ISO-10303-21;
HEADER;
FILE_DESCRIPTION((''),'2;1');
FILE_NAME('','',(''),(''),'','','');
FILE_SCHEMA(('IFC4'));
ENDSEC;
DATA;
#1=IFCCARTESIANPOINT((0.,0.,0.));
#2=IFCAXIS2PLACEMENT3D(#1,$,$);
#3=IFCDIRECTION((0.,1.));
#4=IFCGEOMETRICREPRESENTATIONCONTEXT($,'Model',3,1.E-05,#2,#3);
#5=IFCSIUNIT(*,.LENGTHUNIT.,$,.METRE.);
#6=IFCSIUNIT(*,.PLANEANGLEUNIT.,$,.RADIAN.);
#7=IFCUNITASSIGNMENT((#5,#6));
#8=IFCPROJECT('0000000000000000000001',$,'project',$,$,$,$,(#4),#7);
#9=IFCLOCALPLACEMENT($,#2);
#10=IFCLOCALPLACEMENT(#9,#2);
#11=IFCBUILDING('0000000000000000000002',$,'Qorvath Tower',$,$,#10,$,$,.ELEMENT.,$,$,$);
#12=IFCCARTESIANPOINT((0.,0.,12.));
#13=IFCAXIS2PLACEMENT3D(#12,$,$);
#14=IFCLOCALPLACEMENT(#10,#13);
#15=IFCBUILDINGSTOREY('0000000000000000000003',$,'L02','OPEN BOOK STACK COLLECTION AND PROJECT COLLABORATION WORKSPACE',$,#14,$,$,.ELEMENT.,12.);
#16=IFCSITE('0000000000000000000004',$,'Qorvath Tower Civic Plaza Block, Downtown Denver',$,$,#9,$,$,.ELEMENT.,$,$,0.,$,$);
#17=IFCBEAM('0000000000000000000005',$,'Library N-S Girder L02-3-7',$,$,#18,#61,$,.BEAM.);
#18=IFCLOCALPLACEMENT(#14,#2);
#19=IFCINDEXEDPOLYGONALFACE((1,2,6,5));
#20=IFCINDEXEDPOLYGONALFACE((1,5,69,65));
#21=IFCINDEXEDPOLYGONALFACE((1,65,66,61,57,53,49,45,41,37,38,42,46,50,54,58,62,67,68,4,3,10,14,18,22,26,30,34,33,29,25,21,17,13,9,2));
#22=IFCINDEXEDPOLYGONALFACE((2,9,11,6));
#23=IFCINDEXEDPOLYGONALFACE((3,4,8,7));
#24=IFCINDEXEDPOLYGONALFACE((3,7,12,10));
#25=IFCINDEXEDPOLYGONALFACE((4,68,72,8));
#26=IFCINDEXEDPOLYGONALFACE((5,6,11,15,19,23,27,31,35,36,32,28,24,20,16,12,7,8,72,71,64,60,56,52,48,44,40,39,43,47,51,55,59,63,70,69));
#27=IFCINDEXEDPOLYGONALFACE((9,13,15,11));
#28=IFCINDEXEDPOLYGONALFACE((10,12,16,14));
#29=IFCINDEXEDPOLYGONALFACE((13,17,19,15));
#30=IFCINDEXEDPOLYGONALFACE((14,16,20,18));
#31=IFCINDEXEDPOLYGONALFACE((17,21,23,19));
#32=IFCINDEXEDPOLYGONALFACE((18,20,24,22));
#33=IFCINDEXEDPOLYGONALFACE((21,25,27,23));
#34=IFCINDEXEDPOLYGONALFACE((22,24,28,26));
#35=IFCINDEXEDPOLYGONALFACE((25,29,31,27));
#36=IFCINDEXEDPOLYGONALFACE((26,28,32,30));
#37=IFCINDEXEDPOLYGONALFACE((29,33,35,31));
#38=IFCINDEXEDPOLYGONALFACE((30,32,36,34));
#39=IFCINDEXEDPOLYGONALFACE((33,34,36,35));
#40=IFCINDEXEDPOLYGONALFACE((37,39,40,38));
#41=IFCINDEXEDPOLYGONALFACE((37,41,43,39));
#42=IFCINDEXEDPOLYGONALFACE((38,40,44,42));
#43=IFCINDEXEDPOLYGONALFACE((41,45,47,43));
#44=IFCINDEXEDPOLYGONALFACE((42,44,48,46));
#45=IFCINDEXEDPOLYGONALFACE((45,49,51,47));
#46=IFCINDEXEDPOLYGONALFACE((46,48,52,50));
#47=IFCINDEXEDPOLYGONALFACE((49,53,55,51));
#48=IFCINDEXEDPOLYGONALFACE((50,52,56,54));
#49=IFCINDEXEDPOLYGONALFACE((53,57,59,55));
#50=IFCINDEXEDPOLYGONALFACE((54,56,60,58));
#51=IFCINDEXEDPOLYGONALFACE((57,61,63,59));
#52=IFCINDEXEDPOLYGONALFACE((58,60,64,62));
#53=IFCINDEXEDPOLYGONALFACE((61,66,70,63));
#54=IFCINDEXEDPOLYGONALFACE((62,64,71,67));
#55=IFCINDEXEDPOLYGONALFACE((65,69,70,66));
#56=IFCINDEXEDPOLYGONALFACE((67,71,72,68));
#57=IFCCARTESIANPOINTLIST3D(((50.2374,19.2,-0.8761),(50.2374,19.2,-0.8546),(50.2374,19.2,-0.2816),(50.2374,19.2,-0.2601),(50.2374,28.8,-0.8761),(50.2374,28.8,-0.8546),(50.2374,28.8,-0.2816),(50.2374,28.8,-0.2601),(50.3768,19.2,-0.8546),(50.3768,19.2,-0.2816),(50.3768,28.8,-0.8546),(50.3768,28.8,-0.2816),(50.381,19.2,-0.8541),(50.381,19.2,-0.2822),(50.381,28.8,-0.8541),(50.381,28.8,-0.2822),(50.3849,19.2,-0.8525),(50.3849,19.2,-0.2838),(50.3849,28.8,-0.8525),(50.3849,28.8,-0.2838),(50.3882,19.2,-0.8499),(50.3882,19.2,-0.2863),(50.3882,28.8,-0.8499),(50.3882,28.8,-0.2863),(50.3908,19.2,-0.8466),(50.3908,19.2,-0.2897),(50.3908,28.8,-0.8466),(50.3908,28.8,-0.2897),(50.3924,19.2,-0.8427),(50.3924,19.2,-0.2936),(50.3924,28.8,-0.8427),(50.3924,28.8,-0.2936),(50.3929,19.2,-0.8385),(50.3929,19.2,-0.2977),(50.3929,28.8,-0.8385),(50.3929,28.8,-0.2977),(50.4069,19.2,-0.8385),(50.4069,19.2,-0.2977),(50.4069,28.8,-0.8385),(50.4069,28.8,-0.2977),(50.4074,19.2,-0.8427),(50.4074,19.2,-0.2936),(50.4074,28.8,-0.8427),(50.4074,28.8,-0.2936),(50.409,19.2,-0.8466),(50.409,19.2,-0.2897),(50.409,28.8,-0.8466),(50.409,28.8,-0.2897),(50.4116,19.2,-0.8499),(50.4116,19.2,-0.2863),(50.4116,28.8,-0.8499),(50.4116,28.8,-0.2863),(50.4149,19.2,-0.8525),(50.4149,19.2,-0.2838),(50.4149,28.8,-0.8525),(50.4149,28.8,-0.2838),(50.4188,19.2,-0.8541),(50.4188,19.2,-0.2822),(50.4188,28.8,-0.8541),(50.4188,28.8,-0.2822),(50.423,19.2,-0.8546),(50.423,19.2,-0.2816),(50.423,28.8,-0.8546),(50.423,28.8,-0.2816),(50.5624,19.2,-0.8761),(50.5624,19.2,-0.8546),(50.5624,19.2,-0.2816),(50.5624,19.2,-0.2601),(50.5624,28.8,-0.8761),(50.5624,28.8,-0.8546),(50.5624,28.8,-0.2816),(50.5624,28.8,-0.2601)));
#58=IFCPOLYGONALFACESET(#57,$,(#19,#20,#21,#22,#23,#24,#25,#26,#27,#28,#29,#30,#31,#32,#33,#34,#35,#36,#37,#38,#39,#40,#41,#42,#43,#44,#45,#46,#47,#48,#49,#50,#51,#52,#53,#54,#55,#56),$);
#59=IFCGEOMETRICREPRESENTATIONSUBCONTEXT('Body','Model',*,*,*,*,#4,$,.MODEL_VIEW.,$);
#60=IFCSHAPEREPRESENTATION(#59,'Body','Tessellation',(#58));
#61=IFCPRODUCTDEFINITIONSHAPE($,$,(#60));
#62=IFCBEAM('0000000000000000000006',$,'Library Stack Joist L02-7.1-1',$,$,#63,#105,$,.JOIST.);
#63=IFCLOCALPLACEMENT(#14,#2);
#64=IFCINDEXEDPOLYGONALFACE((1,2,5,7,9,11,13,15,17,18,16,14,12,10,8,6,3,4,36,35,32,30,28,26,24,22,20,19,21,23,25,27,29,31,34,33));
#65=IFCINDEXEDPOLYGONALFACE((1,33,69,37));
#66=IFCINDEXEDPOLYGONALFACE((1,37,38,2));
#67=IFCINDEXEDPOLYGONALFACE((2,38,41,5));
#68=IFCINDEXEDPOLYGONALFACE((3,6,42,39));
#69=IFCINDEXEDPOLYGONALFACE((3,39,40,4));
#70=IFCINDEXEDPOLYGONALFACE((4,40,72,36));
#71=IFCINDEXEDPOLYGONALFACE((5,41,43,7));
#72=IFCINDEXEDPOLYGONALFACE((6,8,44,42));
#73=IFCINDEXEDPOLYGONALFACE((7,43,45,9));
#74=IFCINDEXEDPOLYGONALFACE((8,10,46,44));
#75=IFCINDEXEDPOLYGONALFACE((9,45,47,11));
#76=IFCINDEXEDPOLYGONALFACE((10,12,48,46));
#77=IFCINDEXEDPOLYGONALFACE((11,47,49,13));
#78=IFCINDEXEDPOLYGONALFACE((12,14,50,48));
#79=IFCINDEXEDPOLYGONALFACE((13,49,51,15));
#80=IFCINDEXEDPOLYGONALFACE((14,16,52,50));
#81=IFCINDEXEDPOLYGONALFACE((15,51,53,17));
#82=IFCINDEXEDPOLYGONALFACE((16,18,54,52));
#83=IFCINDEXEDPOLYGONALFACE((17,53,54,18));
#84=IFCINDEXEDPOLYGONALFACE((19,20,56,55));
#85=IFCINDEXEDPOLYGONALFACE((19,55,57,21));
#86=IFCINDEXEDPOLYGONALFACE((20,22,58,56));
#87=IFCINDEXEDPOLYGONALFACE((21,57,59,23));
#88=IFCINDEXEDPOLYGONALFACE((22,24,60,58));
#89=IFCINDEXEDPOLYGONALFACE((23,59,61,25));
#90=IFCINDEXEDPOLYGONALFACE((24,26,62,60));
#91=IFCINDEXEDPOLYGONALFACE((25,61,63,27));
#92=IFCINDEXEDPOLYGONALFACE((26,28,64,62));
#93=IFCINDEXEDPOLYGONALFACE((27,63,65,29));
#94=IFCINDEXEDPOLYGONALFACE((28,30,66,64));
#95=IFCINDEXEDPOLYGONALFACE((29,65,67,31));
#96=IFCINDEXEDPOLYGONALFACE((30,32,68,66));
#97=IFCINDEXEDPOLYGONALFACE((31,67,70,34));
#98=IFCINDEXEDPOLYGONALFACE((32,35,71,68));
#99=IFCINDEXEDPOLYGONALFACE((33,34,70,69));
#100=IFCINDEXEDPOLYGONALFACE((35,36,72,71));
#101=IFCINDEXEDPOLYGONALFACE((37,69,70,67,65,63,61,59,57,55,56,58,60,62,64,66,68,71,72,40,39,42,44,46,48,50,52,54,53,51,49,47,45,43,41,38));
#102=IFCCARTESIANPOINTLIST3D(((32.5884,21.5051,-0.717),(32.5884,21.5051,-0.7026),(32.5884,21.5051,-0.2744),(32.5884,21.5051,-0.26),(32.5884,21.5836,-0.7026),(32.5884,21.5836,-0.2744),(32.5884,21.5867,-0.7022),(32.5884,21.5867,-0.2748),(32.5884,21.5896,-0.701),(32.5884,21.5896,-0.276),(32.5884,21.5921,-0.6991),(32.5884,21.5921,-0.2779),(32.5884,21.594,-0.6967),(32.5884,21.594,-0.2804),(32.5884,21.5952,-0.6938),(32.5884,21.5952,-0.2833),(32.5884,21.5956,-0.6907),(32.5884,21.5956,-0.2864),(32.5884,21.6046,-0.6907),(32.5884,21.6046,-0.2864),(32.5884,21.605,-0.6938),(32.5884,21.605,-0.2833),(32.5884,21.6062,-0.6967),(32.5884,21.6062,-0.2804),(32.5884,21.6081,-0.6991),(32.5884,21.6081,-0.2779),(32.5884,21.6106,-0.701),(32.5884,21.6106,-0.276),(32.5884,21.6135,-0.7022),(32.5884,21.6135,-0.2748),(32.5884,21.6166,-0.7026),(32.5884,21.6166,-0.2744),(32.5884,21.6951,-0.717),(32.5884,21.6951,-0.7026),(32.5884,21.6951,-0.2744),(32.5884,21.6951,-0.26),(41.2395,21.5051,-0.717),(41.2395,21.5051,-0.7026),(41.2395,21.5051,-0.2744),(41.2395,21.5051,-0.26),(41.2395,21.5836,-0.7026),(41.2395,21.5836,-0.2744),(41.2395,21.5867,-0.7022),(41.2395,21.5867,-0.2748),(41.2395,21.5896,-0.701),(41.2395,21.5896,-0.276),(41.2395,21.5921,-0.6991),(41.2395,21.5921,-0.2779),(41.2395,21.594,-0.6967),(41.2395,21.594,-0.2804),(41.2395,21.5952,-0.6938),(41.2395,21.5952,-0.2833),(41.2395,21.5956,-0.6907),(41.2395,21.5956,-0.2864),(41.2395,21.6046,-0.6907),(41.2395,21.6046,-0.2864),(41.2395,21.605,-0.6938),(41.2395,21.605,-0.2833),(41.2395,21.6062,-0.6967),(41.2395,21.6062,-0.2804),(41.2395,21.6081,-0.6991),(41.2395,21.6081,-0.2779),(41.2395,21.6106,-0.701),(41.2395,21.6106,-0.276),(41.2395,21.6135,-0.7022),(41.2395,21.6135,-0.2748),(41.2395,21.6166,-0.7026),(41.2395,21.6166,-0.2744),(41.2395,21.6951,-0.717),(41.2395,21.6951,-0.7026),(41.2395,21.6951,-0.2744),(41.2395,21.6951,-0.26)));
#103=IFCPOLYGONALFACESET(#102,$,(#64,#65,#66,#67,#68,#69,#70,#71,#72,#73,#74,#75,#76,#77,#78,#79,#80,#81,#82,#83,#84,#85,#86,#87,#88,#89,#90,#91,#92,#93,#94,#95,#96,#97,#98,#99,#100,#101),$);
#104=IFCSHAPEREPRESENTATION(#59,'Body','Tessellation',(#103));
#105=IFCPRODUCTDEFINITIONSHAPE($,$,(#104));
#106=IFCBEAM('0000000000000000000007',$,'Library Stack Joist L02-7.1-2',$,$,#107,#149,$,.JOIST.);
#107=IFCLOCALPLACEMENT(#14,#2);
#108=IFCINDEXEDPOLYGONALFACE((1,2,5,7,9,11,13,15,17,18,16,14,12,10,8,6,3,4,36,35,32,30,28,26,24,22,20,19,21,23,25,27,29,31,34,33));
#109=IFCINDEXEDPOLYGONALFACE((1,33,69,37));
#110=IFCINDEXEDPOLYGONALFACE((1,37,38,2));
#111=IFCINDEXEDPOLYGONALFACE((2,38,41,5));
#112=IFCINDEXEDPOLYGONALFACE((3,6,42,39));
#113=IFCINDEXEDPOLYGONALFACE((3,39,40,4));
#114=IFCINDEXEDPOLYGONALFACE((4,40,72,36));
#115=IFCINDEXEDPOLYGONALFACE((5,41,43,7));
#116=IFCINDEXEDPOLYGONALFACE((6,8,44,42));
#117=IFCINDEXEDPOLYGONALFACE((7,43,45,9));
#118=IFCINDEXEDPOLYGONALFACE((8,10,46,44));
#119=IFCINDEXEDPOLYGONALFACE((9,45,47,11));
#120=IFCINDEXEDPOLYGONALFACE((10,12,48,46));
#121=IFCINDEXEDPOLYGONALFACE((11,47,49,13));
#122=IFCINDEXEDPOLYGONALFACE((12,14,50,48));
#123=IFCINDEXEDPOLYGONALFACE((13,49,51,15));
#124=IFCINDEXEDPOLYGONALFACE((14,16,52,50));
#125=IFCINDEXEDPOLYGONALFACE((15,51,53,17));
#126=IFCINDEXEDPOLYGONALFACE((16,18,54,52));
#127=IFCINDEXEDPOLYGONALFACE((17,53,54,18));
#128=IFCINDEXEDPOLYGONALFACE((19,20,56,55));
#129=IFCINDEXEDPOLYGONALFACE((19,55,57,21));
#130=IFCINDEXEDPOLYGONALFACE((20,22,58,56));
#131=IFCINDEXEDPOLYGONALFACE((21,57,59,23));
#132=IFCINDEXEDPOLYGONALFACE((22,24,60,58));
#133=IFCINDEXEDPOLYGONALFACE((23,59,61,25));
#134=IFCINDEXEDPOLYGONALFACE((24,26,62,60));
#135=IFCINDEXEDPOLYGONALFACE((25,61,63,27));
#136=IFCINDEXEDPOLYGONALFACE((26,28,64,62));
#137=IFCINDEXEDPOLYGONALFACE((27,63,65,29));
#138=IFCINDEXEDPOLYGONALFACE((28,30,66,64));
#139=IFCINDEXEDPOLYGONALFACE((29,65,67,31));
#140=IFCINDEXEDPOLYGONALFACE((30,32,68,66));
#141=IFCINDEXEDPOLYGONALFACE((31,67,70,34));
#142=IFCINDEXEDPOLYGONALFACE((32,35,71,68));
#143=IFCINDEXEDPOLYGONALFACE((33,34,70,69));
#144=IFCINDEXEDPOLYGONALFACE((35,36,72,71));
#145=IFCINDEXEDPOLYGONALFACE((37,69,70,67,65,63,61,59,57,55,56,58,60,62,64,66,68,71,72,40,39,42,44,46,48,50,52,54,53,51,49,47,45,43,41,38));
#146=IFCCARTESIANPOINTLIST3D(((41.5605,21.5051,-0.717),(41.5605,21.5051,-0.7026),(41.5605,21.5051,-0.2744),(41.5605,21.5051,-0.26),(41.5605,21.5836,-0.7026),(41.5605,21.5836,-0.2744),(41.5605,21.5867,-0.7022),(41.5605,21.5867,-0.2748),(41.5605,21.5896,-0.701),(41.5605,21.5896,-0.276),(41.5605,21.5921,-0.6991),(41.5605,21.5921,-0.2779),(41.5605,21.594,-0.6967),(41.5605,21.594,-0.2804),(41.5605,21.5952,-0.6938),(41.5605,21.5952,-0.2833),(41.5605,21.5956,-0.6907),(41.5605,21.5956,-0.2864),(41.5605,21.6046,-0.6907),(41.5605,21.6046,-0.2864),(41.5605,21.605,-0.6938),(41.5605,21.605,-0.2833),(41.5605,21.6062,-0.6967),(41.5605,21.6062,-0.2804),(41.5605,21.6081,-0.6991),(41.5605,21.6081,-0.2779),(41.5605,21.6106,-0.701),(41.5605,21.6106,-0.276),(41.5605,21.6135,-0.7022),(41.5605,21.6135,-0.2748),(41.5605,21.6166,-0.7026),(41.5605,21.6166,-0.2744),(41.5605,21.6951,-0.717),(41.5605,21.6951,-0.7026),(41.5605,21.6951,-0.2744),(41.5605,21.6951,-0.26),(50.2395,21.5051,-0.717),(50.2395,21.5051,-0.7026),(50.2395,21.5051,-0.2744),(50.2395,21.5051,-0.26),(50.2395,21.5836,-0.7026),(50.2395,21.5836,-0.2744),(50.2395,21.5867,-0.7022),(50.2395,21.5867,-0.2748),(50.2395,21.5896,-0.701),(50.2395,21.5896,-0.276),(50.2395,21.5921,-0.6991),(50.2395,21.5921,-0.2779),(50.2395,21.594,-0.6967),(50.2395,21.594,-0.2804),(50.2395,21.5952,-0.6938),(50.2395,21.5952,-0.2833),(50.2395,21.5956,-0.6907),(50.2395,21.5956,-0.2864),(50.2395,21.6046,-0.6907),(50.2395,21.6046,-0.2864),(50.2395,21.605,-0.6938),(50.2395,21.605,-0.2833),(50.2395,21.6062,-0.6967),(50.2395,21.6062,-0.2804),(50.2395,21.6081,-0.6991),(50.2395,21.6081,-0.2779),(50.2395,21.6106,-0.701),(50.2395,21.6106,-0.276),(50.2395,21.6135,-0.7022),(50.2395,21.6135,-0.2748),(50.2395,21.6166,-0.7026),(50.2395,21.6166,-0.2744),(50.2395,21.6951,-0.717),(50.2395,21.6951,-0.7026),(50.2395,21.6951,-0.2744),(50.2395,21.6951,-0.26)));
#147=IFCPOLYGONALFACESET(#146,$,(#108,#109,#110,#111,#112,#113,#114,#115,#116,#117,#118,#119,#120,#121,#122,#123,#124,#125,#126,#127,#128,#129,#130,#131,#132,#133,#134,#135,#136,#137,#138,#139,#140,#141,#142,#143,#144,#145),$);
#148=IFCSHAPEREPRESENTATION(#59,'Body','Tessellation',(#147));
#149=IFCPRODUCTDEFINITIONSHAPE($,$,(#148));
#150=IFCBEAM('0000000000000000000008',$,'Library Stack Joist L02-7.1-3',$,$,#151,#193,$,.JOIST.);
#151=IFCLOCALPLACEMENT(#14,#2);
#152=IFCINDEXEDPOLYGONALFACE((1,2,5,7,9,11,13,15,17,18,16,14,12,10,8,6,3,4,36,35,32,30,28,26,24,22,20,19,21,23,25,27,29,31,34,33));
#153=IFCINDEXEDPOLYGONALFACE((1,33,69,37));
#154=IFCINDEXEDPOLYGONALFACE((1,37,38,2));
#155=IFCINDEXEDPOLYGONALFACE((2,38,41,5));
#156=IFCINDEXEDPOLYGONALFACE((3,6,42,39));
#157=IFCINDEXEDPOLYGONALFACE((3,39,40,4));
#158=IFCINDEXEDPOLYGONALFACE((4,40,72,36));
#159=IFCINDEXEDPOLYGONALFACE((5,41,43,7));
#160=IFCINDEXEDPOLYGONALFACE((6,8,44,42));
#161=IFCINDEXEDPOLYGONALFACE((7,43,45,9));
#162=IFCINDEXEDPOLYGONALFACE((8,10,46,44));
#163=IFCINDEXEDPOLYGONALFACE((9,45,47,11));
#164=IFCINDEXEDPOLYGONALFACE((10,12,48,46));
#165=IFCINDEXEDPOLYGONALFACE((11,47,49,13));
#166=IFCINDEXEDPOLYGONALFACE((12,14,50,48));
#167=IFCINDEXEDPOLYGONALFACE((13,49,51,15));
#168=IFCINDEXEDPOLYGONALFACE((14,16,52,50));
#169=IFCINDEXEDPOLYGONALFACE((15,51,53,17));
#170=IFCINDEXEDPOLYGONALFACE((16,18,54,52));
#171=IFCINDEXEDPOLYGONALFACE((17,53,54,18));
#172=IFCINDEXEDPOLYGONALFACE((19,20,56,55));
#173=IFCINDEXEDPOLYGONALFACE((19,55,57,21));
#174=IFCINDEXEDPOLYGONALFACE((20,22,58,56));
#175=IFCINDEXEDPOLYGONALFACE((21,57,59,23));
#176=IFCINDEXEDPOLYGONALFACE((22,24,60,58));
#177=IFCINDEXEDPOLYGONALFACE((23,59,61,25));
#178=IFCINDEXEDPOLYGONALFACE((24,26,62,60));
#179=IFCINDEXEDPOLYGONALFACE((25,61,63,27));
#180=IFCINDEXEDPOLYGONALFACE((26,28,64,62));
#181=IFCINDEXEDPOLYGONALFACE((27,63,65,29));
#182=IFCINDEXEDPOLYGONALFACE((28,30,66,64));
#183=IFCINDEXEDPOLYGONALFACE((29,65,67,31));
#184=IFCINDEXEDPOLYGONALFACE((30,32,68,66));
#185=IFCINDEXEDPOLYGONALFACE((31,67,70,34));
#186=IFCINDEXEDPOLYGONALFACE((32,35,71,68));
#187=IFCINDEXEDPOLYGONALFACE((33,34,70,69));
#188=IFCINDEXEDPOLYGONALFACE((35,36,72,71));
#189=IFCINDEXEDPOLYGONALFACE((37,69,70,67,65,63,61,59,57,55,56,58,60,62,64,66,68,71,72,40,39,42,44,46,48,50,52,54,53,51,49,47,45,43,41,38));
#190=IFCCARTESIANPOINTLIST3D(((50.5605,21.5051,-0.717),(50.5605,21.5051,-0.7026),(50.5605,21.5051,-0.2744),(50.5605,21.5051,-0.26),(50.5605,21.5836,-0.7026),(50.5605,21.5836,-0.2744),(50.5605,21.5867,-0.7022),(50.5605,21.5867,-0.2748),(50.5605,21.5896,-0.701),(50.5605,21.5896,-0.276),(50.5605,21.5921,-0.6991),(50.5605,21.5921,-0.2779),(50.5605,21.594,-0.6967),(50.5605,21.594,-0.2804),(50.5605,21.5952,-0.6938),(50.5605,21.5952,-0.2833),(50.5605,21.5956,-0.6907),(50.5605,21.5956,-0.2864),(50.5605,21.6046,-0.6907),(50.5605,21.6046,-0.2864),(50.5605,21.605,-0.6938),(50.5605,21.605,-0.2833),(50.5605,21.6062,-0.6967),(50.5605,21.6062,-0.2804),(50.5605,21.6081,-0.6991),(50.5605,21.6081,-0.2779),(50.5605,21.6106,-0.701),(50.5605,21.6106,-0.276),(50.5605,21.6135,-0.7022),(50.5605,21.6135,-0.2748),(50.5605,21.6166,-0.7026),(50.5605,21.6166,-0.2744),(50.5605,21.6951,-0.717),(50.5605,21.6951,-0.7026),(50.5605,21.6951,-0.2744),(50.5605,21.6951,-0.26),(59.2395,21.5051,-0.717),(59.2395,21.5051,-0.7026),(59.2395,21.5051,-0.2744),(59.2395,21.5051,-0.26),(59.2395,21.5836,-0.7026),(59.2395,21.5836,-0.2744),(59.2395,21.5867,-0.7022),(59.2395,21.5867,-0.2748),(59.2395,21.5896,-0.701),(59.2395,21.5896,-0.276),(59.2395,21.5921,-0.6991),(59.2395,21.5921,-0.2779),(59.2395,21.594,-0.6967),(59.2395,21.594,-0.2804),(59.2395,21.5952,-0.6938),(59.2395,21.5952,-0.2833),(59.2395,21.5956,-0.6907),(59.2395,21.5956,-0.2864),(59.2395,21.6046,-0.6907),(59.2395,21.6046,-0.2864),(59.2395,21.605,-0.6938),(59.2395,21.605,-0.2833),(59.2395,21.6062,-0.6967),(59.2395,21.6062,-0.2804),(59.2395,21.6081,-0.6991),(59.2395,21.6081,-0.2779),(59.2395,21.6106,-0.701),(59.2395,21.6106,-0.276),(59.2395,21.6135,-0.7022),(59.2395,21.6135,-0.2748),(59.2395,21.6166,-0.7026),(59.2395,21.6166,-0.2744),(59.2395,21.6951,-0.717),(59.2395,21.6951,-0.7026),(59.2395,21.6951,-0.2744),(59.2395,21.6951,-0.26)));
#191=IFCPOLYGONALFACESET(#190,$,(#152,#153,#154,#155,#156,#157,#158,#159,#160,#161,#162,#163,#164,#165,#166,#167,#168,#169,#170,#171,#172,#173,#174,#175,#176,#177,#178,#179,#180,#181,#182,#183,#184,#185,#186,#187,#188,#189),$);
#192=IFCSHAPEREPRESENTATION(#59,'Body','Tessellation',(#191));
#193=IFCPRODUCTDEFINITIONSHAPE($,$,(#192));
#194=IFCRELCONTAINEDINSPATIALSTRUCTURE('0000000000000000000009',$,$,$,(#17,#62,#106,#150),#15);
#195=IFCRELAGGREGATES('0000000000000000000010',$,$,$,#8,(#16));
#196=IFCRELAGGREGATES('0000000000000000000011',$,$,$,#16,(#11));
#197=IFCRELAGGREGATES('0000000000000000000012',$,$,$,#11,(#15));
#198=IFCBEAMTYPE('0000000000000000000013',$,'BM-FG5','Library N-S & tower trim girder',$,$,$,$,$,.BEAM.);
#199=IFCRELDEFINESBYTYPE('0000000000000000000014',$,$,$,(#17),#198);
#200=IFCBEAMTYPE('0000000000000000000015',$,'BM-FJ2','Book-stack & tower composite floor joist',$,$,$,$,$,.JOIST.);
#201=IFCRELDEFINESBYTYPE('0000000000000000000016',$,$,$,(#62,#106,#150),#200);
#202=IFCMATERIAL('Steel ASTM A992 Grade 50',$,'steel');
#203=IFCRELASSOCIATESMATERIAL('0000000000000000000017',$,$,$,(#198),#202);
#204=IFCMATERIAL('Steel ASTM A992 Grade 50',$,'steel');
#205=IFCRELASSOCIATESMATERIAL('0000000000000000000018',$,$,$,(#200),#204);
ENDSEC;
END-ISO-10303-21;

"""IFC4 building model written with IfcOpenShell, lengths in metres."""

from ifc_helpers import new_model, si_unit, direction, frame, origin, origin_2d, place, context, subcontext, project, spatial, i_section, extrude, material, material_profile, profile_set, type_object, element, save


model = new_model("IFC4")

# Units and contexts
model_context = context("Model", 3, precision=1e-05, world=origin(), true_north=direction((0.0, 1.0)))
body_context = subcontext(model_context, "Body", "Model", "MODEL_VIEW")
ifc_project = project(units=[si_unit("LENGTHUNIT", "METRE"), si_unit("PLANEANGLEUNIT", "RADIAN")], contexts=[model_context])

# Site, building, storey
site_placement = place(None, origin())
site = spatial("IfcSite", under=ifc_project, at=site_placement, Name="Qorvath Tower Civic Plaza Block, Downtown Denver", CompositionType="ELEMENT", RefElevation=0.0)
building_placement = place(site_placement, origin())
building = spatial("IfcBuilding", under=site, at=building_placement, Name="Qorvath Tower", CompositionType="ELEMENT")
storey_placement = place(building_placement, frame((0.0, 0.0, 12.0)))
storey = spatial("IfcBuildingStorey", under=building, at=storey_placement, Name="L02", Description="OPEN BOOK STACK COLLECTION AND PROJECT COLLABORATION WORKSPACE", CompositionType="ELEMENT", Elevation=12.0)

# Beams
ifc_material_1 = material(Name="Steel ASTM A992 Grade 50", Category="steel")
ifc_material_profile_1 = material_profile(ifc_material_1, i_section(OverallWidth=0.325, OverallDepth=0.616, WebThickness=0.0139, FlangeThickness=0.0215, FilletRadius=0.0161, at=origin_2d()), Name="W24x117")
ifc_profile_set_1 = profile_set([ifc_material_profile_1], Name="Steel ASTM A992 Grade 50")
beam_type_1 = type_object("IfcBeamType", Name="BM-FG5", Description="Library N-S & tower trim girder", PredefinedType="BEAM", material=ifc_profile_set_1)
for number, where, z_axis, x_axis, name in (
    (1, (50.3999, 19.2, -0.5681), (0.0, 1.0, 0.0), (-1.0, 0.0, 0.0), "Library N-S Girder L02-3-7"),
):
    element("IfcBeam", number, at=place(storey_placement, frame(where, z_axis=z_axis, x_axis=x_axis)), inside=storey, type_object=beam_type_1, Name=name, PredefinedType="BEAM", context=body_context, shape_type="SweptSolid", body=[
        extrude(i_section(OverallWidth=0.325, OverallDepth=0.616, WebThickness=0.0139, FlangeThickness=0.0215, FilletRadius=0.0161, at=origin_2d()), origin(), (0.0, 0.0, 1.0), 9.6001),
    ])
ifc_material_2 = material(Name="Steel ASTM A992 Grade 50", Category="steel")
ifc_material_profile_2 = material_profile(ifc_material_2, i_section(OverallWidth=0.1899, OverallDepth=0.457, WebThickness=0.009, FlangeThickness=0.0144, FilletRadius=0.012, at=origin_2d()), Name="W18x50")
ifc_profile_set_2 = profile_set([ifc_material_profile_2], Name="Steel ASTM A992 Grade 50")
beam_type_2 = type_object("IfcBeamType", Name="BM-FJ2", Description="Book-stack & tower composite floor joist", PredefinedType="JOIST", material=ifc_profile_set_2)
beam_1_placement = place(storey_placement, frame((32.5884, 21.6001, -0.4885), z_axis=(1.0, 0.0, 0.0), x_axis=(0.0, 1.0, 0.0)))
element("IfcBeam", 2, at=beam_1_placement, inside=storey, type_object=beam_type_2, Name="Library Stack Joist L02-7.1-1", PredefinedType="JOIST", context=body_context, shape_type="SweptSolid", body=[
    extrude(i_section(OverallWidth=0.1899, OverallDepth=0.457, WebThickness=0.009, FlangeThickness=0.0144, FilletRadius=0.012, at=origin_2d()), origin(), (0.0, 0.0, 1.0), 8.6511),
])
for number, where, z_axis, x_axis, name in (
    (3, (41.5605, 21.6001, -0.4885), (1.0, 0.0, 0.0), (0.0, 1.0, 0.0), "Library Stack Joist L02-7.1-2"),
    (4, (50.5605, 21.6001, -0.4885), (1.0, 0.0, 0.0), (0.0, 1.0, 0.0), "Library Stack Joist L02-7.1-3"),
):
    element("IfcBeam", number, at=place(storey_placement, frame(where, z_axis=z_axis, x_axis=x_axis)), inside=storey, type_object=beam_type_2, Name=name, PredefinedType="JOIST", context=body_context, shape_type="SweptSolid", body=[
        extrude(i_section(OverallWidth=0.1899, OverallDepth=0.457, WebThickness=0.009, FlangeThickness=0.0144, FilletRadius=0.012, at=origin_2d()), origin(), (0.0, 0.0, 1.0), 8.679),
    ])

save(model, "model.ifc")
